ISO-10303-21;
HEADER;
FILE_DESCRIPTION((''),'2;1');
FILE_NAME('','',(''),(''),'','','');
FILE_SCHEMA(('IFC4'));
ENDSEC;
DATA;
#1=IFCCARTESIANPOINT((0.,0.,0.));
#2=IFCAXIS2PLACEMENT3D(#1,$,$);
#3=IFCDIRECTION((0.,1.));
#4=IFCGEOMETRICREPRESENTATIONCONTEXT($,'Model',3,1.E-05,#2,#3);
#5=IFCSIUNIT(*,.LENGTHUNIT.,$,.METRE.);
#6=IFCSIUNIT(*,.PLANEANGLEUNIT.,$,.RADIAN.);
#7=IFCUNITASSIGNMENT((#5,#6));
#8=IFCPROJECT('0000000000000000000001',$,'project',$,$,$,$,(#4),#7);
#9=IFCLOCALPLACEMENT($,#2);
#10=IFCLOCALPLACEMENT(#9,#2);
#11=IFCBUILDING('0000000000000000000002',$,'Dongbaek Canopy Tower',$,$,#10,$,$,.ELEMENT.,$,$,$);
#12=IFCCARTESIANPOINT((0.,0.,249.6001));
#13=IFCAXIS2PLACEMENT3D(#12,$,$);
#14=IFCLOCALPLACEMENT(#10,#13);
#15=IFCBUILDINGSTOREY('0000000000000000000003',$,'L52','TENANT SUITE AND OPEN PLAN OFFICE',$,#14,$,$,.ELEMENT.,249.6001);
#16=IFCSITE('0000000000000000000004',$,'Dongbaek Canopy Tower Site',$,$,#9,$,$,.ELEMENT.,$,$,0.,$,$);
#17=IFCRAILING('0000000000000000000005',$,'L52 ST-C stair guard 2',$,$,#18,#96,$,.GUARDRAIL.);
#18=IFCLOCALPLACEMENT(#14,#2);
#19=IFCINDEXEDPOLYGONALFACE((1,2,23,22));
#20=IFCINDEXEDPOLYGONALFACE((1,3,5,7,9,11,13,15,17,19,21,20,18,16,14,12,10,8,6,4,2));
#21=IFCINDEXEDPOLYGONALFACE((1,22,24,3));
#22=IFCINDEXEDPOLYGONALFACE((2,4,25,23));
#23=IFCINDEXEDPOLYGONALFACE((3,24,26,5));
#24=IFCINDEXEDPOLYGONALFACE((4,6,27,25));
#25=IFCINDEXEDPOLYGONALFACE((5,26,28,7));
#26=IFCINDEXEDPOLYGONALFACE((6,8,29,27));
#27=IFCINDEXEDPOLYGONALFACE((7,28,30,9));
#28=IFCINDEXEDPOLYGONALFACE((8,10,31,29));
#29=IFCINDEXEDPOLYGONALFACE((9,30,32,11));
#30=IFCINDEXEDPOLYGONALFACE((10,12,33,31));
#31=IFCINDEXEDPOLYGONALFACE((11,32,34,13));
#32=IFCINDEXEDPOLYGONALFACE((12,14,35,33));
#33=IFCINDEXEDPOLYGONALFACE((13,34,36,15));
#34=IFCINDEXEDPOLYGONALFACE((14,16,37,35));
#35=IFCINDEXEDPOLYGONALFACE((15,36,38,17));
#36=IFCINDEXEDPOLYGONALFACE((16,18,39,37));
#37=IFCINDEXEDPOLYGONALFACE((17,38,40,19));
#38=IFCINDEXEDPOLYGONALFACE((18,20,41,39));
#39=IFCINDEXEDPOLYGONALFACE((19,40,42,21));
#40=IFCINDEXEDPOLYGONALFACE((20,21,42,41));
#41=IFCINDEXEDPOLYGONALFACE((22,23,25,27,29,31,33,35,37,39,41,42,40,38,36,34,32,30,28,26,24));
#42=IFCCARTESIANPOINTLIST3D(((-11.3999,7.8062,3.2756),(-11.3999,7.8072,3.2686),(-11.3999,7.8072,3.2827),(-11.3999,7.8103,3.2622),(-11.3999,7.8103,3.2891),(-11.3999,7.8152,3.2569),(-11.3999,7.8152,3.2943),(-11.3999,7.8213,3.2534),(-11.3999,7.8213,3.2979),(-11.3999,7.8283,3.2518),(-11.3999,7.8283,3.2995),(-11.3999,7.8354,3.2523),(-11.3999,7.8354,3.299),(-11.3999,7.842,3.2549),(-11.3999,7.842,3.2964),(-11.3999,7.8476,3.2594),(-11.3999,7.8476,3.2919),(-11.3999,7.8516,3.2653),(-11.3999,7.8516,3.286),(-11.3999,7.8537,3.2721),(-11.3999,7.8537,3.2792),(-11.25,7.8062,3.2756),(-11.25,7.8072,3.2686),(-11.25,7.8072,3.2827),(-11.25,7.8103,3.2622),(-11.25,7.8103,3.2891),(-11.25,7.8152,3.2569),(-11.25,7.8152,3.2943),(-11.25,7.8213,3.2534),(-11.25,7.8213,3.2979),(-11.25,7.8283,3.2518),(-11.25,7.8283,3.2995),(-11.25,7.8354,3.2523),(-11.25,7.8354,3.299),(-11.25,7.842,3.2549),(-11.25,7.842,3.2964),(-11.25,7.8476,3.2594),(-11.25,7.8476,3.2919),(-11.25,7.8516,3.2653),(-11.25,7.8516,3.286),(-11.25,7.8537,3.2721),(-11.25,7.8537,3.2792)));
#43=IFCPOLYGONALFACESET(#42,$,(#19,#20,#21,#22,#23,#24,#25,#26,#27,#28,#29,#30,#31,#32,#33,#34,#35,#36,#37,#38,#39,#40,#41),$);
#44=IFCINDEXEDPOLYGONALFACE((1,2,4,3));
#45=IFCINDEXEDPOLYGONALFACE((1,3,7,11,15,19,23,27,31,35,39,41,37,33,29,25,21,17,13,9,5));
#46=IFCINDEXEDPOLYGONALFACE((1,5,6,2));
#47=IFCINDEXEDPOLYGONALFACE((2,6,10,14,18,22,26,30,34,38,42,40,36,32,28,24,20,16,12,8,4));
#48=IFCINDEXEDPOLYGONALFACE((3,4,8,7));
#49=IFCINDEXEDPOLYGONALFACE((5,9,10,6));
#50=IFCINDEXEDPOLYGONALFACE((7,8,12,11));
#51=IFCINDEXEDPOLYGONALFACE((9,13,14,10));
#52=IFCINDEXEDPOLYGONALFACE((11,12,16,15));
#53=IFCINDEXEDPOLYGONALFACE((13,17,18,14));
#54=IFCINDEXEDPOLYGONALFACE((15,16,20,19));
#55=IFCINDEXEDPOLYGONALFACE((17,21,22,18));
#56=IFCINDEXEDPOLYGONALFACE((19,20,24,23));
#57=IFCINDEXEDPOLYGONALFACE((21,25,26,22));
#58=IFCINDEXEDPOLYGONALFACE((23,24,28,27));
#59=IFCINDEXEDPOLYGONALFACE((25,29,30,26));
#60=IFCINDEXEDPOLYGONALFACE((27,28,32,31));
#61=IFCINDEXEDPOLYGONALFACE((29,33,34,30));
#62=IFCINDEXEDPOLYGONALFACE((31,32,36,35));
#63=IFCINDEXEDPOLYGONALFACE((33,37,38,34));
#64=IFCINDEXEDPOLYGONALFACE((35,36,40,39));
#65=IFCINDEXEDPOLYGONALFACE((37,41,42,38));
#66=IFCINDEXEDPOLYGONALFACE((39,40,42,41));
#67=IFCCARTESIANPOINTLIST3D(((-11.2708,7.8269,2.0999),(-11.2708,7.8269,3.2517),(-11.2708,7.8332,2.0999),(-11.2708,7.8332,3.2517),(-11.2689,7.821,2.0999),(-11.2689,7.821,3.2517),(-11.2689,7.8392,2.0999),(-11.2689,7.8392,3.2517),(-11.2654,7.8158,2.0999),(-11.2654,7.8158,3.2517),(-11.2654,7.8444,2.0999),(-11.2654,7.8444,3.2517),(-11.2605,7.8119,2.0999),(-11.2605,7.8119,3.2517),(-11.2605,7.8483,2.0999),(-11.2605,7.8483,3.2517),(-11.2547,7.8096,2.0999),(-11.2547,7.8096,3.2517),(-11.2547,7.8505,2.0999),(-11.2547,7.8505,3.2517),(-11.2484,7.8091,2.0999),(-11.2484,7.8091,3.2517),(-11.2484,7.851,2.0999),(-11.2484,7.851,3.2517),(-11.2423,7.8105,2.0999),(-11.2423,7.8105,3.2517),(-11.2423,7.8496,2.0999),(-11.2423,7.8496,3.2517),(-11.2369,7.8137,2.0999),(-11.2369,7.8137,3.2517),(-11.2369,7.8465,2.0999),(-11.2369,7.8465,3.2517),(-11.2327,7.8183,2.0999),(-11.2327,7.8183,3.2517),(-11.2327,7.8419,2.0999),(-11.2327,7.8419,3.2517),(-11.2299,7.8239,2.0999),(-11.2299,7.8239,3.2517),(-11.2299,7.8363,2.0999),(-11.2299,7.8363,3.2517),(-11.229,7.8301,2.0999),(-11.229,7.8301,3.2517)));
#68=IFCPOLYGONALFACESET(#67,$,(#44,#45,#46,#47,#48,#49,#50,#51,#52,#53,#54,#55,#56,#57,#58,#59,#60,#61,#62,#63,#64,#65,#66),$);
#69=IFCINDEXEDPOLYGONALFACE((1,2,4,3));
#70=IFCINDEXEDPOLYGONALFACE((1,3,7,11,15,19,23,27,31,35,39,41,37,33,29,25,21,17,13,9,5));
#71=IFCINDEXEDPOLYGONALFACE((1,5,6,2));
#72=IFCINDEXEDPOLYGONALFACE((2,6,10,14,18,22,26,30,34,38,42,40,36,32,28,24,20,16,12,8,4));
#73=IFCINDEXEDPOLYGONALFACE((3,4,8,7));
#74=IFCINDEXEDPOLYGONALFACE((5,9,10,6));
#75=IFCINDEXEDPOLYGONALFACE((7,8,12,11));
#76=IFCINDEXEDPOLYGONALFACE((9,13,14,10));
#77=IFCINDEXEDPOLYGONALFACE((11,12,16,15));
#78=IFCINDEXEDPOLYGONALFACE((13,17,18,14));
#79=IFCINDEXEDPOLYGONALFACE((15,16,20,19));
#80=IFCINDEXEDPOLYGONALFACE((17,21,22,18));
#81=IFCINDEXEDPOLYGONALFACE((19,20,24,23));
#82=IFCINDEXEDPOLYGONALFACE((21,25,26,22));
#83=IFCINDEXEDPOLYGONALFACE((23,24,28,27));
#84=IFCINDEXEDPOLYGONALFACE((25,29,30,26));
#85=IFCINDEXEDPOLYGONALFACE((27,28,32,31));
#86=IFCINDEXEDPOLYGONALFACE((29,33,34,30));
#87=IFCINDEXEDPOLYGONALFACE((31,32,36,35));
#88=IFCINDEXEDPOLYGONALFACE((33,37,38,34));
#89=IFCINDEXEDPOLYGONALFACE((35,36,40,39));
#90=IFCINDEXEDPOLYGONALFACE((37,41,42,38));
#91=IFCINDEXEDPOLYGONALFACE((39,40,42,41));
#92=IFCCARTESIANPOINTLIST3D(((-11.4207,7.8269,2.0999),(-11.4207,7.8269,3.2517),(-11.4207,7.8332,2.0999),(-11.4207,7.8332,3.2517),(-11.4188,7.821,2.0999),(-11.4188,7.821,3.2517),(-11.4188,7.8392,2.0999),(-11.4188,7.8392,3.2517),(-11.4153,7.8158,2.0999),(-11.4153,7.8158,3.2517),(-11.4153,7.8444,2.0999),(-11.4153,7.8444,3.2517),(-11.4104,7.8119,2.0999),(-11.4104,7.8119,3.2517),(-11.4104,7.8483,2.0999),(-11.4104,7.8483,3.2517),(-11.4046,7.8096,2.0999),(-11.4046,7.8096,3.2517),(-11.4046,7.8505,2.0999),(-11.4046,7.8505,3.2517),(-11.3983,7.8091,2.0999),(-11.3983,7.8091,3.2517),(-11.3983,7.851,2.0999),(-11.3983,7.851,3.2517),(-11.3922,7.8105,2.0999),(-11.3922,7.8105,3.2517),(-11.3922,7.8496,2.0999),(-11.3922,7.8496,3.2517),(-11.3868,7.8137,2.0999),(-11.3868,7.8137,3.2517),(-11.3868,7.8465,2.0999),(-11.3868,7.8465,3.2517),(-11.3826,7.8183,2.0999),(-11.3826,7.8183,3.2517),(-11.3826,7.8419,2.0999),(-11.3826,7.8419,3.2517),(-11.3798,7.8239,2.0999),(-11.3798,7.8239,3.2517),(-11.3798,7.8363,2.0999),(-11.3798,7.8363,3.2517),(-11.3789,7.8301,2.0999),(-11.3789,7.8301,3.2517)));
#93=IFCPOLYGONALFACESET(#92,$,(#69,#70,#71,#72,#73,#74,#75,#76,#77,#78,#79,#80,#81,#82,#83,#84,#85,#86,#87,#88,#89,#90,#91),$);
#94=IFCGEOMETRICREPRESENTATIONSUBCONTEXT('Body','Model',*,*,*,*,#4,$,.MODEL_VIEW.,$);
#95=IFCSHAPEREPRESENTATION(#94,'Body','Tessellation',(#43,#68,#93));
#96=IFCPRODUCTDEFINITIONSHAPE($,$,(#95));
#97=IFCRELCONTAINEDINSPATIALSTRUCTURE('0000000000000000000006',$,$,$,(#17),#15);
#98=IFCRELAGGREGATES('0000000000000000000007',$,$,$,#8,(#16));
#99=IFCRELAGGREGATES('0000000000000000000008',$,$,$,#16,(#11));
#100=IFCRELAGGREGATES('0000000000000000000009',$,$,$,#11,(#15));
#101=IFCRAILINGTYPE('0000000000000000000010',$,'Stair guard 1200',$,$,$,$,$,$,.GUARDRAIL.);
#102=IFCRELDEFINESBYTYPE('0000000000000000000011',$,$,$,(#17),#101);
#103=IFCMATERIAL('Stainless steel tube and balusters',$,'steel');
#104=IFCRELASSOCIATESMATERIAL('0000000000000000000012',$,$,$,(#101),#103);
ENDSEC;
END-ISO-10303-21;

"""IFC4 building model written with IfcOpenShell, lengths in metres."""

from ifc_helpers import new_model, si_unit, direction, frame, origin, origin_2d, place, context, subcontext, project, spatial, circle, extrude, material, type_object, element, save


model = new_model("IFC4")

# Units and contexts
model_context = context("Model", 3, precision=1e-05, world=origin(), true_north=direction((0.0, 1.0)))
body_context = subcontext(model_context, "Body", "Model", "MODEL_VIEW")
ifc_project = project(units=[si_unit("LENGTHUNIT", "METRE"), si_unit("PLANEANGLEUNIT", "RADIAN")], contexts=[model_context])

# Site, building, storey
site_placement = place(None, origin())
site = spatial("IfcSite", under=ifc_project, at=site_placement, Name="Dongbaek Canopy Tower Site", CompositionType="ELEMENT", RefElevation=0.0)
building_placement = place(site_placement, origin())
building = spatial("IfcBuilding", under=site, at=building_placement, Name="Dongbaek Canopy Tower", CompositionType="ELEMENT")
storey_placement = place(building_placement, frame((0.0, 0.0, 249.6001)))
storey = spatial("IfcBuildingStorey", under=building, at=storey_placement, Name="L52", Description="TENANT SUITE AND OPEN PLAN OFFICE", CompositionType="ELEMENT", Elevation=249.6001)

# Railing
ifc_material_1 = material(Name="Stainless steel tube and balusters", Category="steel")
railing_type_1 = type_object("IfcRailingType", Name="Stair guard 1200", PredefinedType="GUARDRAIL", material=ifc_material_1)
railing_1_placement = place(storey_placement, frame((-11.25, 7.8301, 2.0999)))
element("IfcRailing", 1, at=railing_1_placement, inside=storey, type_object=railing_type_1, Name="L52 ST-C stair guard 2", PredefinedType="GUARDRAIL", context=body_context, shape_type="SweptSolid", body=[
    extrude(circle(Radius=0.0239, at=origin_2d()), frame((0.0, 0.0, 1.1758), z_axis=(-1.0, 0.0, 0.0), x_axis=(0.0, -1.0, 0.0)), (0.0, 0.0, 1.0), 0.1499),
    extrude(circle(Radius=0.021, at=origin_2d()), origin(), (0.0, 0.0, 1.0), 1.1519),
    extrude(circle(Radius=0.021, at=origin_2d()), frame((-0.1499, 0.0, 0.0)), (0.0, 0.0, 1.0), 1.1519),
])

save(model, "model.ifc")
